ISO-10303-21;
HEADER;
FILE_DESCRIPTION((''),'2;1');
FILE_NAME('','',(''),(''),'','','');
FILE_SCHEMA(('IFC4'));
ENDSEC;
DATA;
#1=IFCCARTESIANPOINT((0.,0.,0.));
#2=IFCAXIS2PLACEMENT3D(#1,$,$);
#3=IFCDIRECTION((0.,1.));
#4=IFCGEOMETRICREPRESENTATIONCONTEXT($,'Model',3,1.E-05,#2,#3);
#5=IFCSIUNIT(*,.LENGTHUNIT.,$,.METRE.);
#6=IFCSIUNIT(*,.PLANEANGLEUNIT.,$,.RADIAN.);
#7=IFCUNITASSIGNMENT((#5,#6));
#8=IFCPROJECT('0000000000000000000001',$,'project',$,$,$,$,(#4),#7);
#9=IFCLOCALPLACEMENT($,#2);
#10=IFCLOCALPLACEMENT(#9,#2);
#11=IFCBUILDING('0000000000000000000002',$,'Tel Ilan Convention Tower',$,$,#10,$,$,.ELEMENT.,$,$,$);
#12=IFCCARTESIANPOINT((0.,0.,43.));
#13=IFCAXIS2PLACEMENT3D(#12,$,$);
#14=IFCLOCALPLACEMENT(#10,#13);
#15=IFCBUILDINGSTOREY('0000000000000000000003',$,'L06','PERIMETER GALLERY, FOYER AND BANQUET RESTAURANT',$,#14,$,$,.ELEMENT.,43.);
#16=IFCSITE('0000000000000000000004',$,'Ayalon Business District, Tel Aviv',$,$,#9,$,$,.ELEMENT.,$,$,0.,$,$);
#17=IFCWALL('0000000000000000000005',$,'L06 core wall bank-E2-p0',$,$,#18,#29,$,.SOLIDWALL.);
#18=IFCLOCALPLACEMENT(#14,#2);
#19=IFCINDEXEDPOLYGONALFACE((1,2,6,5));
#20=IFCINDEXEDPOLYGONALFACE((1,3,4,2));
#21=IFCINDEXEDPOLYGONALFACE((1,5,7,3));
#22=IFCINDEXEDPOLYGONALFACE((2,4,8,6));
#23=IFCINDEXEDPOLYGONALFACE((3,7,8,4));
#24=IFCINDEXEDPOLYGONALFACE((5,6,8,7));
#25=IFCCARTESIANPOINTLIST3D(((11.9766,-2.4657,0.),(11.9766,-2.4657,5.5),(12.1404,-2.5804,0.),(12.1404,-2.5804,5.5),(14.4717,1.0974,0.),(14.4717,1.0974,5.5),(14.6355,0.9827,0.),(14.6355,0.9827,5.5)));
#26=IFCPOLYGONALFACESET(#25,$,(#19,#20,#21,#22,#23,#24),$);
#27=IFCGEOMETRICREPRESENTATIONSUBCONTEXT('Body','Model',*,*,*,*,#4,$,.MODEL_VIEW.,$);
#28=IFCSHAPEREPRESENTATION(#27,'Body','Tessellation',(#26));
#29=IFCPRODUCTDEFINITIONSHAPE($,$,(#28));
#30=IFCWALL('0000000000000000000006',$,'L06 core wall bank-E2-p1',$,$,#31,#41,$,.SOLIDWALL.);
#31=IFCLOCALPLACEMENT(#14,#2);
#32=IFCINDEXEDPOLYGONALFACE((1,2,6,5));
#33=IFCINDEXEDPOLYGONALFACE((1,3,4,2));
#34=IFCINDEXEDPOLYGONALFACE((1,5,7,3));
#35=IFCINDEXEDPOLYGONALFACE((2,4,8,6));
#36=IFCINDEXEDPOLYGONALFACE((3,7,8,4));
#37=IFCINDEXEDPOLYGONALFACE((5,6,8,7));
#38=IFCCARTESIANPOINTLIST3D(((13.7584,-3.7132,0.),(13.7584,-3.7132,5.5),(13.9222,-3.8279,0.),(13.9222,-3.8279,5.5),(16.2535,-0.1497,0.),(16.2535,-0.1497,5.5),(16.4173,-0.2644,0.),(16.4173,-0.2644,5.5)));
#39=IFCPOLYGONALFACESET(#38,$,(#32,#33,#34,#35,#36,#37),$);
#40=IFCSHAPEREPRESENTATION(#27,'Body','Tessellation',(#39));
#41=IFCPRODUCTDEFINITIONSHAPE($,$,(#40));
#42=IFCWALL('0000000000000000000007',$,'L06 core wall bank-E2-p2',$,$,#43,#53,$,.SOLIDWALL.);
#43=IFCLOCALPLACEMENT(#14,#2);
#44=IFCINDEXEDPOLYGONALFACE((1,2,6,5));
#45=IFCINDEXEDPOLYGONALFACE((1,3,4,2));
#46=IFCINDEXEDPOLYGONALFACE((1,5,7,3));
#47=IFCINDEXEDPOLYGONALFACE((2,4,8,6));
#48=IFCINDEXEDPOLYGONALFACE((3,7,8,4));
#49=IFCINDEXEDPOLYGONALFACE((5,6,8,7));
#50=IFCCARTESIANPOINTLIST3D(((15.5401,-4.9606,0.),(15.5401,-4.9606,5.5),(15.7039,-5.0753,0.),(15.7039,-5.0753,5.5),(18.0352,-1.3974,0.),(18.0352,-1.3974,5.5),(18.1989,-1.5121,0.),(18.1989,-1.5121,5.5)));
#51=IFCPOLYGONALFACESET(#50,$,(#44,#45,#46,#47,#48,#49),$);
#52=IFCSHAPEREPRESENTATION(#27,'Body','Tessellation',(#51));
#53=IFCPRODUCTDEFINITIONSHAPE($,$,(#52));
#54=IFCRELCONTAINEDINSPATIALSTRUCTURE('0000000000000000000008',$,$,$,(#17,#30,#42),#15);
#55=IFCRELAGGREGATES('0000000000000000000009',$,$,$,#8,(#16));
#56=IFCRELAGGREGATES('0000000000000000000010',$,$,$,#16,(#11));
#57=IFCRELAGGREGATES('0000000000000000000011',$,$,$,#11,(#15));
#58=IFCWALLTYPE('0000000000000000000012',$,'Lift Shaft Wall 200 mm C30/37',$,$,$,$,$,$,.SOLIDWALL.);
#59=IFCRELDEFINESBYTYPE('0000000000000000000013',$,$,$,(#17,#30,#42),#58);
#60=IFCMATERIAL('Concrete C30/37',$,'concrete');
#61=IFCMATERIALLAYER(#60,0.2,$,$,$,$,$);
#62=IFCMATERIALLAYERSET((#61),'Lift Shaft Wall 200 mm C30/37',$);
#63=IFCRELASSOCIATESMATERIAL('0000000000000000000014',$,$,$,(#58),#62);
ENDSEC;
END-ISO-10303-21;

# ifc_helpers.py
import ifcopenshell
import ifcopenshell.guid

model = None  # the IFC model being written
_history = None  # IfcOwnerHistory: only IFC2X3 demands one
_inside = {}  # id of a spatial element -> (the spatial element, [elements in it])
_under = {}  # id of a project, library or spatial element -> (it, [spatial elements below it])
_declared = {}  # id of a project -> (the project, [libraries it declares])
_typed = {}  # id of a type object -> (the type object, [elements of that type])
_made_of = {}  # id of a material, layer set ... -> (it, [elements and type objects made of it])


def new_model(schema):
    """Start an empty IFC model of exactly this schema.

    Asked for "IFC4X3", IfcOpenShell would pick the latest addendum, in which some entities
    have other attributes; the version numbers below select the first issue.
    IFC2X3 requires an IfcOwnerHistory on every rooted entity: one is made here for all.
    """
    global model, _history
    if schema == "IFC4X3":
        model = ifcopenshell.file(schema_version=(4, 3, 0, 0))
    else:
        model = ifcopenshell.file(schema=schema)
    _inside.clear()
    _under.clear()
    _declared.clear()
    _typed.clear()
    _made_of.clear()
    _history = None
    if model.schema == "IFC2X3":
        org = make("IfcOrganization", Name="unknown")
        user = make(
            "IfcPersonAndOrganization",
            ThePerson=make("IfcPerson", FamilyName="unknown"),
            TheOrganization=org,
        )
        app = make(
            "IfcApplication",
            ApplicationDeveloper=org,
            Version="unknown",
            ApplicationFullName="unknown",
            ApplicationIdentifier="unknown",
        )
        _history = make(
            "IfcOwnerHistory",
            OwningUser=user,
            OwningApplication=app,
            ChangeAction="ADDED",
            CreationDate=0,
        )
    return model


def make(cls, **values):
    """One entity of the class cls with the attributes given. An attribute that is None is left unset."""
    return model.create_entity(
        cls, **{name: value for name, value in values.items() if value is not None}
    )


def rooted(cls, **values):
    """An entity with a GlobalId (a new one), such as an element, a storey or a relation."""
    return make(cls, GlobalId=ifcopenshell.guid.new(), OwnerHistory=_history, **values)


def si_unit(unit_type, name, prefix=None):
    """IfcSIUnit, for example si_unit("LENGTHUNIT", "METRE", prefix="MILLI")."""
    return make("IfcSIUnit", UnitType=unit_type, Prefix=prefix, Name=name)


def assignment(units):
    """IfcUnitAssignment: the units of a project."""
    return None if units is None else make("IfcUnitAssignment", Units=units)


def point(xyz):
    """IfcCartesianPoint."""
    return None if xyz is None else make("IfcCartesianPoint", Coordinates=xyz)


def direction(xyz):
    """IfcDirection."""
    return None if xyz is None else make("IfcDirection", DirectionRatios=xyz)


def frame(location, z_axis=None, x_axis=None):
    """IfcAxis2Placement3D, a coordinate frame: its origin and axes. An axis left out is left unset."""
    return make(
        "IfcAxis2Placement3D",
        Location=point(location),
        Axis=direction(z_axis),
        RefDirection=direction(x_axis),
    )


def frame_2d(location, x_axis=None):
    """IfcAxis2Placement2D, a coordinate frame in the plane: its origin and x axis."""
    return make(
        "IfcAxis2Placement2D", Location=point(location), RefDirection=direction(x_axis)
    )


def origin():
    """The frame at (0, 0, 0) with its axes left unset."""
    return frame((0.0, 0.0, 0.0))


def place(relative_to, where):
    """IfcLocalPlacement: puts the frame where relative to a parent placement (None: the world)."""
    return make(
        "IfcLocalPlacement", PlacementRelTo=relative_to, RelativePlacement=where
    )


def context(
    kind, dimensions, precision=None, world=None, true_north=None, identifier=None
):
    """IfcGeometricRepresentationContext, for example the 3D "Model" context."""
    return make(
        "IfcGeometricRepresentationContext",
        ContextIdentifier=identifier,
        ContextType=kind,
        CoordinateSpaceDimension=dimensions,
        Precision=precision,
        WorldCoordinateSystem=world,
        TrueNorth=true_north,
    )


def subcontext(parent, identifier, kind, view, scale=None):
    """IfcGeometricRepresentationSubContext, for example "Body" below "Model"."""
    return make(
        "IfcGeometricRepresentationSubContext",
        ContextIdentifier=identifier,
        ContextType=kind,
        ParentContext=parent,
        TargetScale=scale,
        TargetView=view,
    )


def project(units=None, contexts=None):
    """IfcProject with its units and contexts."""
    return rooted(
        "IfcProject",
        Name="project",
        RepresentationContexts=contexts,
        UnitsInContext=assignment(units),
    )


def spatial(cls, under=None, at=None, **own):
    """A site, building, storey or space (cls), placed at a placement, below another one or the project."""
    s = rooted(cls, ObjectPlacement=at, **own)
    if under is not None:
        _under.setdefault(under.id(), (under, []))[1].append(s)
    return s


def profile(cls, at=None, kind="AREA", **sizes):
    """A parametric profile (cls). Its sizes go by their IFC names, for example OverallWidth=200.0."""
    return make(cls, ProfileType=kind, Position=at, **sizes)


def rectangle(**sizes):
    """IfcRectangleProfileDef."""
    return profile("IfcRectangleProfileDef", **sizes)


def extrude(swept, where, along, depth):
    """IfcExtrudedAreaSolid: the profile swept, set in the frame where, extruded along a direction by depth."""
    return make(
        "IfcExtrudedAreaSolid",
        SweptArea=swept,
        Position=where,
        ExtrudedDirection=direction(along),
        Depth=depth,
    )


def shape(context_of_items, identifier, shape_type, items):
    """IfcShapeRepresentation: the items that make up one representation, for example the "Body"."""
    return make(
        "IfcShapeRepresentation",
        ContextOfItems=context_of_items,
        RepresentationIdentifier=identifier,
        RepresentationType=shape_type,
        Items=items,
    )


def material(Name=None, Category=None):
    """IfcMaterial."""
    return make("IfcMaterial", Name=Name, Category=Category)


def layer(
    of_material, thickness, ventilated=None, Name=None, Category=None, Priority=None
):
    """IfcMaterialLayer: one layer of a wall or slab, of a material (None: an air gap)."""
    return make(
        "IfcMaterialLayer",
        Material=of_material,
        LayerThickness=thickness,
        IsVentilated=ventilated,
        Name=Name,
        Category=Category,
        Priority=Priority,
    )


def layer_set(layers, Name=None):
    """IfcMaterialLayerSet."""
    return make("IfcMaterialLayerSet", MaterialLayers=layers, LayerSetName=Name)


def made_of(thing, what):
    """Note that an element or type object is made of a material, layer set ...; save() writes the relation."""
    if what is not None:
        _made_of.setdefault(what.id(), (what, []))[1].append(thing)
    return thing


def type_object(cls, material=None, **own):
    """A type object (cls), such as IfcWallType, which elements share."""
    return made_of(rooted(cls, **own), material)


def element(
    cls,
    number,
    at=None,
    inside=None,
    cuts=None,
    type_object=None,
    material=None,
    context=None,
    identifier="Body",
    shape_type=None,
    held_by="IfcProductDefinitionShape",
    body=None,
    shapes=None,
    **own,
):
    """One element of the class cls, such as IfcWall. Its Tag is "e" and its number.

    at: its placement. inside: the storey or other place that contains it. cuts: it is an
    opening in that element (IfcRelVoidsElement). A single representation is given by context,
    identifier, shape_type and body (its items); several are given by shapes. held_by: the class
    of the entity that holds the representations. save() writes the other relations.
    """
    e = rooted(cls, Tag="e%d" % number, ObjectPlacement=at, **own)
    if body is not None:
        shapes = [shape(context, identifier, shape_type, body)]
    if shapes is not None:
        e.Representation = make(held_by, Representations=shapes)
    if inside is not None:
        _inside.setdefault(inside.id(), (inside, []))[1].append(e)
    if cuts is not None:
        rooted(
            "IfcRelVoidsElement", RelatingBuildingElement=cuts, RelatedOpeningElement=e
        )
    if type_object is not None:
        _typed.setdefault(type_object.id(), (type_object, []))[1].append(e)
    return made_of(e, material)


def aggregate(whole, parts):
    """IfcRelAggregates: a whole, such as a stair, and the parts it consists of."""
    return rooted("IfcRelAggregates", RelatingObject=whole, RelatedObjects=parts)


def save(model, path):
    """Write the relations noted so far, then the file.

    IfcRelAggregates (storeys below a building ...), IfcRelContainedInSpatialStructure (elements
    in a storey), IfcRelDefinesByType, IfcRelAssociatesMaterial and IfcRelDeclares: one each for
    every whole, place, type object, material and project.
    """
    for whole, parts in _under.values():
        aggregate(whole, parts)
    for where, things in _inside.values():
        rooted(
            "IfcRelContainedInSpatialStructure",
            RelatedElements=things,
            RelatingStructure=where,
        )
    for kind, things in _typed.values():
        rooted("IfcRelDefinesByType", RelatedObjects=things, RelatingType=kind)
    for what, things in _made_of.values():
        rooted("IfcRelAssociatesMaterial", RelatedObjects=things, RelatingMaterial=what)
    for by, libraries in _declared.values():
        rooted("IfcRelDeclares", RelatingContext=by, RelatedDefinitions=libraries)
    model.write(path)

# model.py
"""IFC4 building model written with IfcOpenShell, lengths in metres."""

from ifc_helpers import new_model, si_unit, direction, frame, frame_2d, origin, place, context, subcontext, project, spatial, rectangle, extrude, material, layer, layer_set, type_object, element, save


model = new_model("IFC4")

# Units and contexts
model_context = context("Model", 3, precision=1e-05, world=origin(), true_north=direction((0.0, 1.0)))
body_context = subcontext(model_context, "Body", "Model", "MODEL_VIEW")
ifc_project = project(units=[si_unit("LENGTHUNIT", "METRE"), si_unit("PLANEANGLEUNIT", "RADIAN")], contexts=[model_context])

# Site, building, storey
site_placement = place(None, origin())
site = spatial("IfcSite", under=ifc_project, at=site_placement, Name="Ayalon Business District, Tel Aviv", CompositionType="ELEMENT", RefElevation=0.0)
building_placement = place(site_placement, origin())
building = spatial("IfcBuilding", under=site, at=building_placement, Name="Tel Ilan Convention Tower", CompositionType="ELEMENT")
storey_placement = place(building_placement, frame((0.0, 0.0, 43.0)))
storey = spatial("IfcBuildingStorey", under=building, at=storey_placement, Name="L06", Description="PERIMETER GALLERY, FOYER AND BANQUET RESTAURANT", CompositionType="ELEMENT", Elevation=43.0)

# Walls
ifc_material_1 = material(Name="Concrete C30/37", Category="concrete")
ifc_layer_1 = layer(ifc_material_1, 0.2)
ifc_layer_set_1 = layer_set([ifc_layer_1], Name="Lift Shaft Wall 200 mm C30/37")
wall_type_1 = type_object("IfcWallType", Name="Lift Shaft Wall 200 mm C30/37", PredefinedType="SOLIDWALL", material=ifc_layer_set_1)
wall_1_placement = place(storey_placement, frame((12.0586, -2.5229, 0.0), z_axis=(0.0, 0.0, 1.0), x_axis=(0.573594, 0.81914, 0.0)))
element("IfcWall", 1, at=wall_1_placement, inside=storey, type_object=wall_type_1, Name="L06 core wall bank-E2-p0", PredefinedType="SOLIDWALL", context=body_context, shape_type="SweptSolid", body=[
    extrude(rectangle(XDim=4.3499, YDim=0.2, at=frame_2d((2.1748, 0.0))), origin(), (0.0, 0.0, 1.0), 5.5),
])
wall_2_placement = place(storey_placement, frame((13.8403, -3.7705, 0.0), z_axis=(0.0, 0.0, 1.0), x_axis=(0.573568, 0.819158, 0.0)))
element("IfcWall", 2, at=wall_2_placement, inside=storey, type_object=wall_type_1, Name="L06 core wall bank-E2-p1", PredefinedType="SOLIDWALL", context=body_context, shape_type="SweptSolid", body=[
    extrude(rectangle(XDim=4.3501, YDim=0.2, at=frame_2d((2.175, 0.0))), origin(), (0.0, 0.0, 1.0), 5.5),
])
wall_3_placement = place(storey_placement, frame((15.6221, -5.0178, 0.0), z_axis=(0.0, 0.0, 1.0), x_axis=(0.573594, 0.81914, 0.0)))
element("IfcWall", 3, at=wall_3_placement, inside=storey, type_object=wall_type_1, Name="L06 core wall bank-E2-p2", PredefinedType="SOLIDWALL", context=body_context, shape_type="SweptSolid", body=[
    extrude(rectangle(XDim=4.3499, YDim=0.2, at=frame_2d((2.1748, 0.0))), origin(), (0.0, 0.0, 1.0), 5.5),
])

save(model, "model.ifc")
